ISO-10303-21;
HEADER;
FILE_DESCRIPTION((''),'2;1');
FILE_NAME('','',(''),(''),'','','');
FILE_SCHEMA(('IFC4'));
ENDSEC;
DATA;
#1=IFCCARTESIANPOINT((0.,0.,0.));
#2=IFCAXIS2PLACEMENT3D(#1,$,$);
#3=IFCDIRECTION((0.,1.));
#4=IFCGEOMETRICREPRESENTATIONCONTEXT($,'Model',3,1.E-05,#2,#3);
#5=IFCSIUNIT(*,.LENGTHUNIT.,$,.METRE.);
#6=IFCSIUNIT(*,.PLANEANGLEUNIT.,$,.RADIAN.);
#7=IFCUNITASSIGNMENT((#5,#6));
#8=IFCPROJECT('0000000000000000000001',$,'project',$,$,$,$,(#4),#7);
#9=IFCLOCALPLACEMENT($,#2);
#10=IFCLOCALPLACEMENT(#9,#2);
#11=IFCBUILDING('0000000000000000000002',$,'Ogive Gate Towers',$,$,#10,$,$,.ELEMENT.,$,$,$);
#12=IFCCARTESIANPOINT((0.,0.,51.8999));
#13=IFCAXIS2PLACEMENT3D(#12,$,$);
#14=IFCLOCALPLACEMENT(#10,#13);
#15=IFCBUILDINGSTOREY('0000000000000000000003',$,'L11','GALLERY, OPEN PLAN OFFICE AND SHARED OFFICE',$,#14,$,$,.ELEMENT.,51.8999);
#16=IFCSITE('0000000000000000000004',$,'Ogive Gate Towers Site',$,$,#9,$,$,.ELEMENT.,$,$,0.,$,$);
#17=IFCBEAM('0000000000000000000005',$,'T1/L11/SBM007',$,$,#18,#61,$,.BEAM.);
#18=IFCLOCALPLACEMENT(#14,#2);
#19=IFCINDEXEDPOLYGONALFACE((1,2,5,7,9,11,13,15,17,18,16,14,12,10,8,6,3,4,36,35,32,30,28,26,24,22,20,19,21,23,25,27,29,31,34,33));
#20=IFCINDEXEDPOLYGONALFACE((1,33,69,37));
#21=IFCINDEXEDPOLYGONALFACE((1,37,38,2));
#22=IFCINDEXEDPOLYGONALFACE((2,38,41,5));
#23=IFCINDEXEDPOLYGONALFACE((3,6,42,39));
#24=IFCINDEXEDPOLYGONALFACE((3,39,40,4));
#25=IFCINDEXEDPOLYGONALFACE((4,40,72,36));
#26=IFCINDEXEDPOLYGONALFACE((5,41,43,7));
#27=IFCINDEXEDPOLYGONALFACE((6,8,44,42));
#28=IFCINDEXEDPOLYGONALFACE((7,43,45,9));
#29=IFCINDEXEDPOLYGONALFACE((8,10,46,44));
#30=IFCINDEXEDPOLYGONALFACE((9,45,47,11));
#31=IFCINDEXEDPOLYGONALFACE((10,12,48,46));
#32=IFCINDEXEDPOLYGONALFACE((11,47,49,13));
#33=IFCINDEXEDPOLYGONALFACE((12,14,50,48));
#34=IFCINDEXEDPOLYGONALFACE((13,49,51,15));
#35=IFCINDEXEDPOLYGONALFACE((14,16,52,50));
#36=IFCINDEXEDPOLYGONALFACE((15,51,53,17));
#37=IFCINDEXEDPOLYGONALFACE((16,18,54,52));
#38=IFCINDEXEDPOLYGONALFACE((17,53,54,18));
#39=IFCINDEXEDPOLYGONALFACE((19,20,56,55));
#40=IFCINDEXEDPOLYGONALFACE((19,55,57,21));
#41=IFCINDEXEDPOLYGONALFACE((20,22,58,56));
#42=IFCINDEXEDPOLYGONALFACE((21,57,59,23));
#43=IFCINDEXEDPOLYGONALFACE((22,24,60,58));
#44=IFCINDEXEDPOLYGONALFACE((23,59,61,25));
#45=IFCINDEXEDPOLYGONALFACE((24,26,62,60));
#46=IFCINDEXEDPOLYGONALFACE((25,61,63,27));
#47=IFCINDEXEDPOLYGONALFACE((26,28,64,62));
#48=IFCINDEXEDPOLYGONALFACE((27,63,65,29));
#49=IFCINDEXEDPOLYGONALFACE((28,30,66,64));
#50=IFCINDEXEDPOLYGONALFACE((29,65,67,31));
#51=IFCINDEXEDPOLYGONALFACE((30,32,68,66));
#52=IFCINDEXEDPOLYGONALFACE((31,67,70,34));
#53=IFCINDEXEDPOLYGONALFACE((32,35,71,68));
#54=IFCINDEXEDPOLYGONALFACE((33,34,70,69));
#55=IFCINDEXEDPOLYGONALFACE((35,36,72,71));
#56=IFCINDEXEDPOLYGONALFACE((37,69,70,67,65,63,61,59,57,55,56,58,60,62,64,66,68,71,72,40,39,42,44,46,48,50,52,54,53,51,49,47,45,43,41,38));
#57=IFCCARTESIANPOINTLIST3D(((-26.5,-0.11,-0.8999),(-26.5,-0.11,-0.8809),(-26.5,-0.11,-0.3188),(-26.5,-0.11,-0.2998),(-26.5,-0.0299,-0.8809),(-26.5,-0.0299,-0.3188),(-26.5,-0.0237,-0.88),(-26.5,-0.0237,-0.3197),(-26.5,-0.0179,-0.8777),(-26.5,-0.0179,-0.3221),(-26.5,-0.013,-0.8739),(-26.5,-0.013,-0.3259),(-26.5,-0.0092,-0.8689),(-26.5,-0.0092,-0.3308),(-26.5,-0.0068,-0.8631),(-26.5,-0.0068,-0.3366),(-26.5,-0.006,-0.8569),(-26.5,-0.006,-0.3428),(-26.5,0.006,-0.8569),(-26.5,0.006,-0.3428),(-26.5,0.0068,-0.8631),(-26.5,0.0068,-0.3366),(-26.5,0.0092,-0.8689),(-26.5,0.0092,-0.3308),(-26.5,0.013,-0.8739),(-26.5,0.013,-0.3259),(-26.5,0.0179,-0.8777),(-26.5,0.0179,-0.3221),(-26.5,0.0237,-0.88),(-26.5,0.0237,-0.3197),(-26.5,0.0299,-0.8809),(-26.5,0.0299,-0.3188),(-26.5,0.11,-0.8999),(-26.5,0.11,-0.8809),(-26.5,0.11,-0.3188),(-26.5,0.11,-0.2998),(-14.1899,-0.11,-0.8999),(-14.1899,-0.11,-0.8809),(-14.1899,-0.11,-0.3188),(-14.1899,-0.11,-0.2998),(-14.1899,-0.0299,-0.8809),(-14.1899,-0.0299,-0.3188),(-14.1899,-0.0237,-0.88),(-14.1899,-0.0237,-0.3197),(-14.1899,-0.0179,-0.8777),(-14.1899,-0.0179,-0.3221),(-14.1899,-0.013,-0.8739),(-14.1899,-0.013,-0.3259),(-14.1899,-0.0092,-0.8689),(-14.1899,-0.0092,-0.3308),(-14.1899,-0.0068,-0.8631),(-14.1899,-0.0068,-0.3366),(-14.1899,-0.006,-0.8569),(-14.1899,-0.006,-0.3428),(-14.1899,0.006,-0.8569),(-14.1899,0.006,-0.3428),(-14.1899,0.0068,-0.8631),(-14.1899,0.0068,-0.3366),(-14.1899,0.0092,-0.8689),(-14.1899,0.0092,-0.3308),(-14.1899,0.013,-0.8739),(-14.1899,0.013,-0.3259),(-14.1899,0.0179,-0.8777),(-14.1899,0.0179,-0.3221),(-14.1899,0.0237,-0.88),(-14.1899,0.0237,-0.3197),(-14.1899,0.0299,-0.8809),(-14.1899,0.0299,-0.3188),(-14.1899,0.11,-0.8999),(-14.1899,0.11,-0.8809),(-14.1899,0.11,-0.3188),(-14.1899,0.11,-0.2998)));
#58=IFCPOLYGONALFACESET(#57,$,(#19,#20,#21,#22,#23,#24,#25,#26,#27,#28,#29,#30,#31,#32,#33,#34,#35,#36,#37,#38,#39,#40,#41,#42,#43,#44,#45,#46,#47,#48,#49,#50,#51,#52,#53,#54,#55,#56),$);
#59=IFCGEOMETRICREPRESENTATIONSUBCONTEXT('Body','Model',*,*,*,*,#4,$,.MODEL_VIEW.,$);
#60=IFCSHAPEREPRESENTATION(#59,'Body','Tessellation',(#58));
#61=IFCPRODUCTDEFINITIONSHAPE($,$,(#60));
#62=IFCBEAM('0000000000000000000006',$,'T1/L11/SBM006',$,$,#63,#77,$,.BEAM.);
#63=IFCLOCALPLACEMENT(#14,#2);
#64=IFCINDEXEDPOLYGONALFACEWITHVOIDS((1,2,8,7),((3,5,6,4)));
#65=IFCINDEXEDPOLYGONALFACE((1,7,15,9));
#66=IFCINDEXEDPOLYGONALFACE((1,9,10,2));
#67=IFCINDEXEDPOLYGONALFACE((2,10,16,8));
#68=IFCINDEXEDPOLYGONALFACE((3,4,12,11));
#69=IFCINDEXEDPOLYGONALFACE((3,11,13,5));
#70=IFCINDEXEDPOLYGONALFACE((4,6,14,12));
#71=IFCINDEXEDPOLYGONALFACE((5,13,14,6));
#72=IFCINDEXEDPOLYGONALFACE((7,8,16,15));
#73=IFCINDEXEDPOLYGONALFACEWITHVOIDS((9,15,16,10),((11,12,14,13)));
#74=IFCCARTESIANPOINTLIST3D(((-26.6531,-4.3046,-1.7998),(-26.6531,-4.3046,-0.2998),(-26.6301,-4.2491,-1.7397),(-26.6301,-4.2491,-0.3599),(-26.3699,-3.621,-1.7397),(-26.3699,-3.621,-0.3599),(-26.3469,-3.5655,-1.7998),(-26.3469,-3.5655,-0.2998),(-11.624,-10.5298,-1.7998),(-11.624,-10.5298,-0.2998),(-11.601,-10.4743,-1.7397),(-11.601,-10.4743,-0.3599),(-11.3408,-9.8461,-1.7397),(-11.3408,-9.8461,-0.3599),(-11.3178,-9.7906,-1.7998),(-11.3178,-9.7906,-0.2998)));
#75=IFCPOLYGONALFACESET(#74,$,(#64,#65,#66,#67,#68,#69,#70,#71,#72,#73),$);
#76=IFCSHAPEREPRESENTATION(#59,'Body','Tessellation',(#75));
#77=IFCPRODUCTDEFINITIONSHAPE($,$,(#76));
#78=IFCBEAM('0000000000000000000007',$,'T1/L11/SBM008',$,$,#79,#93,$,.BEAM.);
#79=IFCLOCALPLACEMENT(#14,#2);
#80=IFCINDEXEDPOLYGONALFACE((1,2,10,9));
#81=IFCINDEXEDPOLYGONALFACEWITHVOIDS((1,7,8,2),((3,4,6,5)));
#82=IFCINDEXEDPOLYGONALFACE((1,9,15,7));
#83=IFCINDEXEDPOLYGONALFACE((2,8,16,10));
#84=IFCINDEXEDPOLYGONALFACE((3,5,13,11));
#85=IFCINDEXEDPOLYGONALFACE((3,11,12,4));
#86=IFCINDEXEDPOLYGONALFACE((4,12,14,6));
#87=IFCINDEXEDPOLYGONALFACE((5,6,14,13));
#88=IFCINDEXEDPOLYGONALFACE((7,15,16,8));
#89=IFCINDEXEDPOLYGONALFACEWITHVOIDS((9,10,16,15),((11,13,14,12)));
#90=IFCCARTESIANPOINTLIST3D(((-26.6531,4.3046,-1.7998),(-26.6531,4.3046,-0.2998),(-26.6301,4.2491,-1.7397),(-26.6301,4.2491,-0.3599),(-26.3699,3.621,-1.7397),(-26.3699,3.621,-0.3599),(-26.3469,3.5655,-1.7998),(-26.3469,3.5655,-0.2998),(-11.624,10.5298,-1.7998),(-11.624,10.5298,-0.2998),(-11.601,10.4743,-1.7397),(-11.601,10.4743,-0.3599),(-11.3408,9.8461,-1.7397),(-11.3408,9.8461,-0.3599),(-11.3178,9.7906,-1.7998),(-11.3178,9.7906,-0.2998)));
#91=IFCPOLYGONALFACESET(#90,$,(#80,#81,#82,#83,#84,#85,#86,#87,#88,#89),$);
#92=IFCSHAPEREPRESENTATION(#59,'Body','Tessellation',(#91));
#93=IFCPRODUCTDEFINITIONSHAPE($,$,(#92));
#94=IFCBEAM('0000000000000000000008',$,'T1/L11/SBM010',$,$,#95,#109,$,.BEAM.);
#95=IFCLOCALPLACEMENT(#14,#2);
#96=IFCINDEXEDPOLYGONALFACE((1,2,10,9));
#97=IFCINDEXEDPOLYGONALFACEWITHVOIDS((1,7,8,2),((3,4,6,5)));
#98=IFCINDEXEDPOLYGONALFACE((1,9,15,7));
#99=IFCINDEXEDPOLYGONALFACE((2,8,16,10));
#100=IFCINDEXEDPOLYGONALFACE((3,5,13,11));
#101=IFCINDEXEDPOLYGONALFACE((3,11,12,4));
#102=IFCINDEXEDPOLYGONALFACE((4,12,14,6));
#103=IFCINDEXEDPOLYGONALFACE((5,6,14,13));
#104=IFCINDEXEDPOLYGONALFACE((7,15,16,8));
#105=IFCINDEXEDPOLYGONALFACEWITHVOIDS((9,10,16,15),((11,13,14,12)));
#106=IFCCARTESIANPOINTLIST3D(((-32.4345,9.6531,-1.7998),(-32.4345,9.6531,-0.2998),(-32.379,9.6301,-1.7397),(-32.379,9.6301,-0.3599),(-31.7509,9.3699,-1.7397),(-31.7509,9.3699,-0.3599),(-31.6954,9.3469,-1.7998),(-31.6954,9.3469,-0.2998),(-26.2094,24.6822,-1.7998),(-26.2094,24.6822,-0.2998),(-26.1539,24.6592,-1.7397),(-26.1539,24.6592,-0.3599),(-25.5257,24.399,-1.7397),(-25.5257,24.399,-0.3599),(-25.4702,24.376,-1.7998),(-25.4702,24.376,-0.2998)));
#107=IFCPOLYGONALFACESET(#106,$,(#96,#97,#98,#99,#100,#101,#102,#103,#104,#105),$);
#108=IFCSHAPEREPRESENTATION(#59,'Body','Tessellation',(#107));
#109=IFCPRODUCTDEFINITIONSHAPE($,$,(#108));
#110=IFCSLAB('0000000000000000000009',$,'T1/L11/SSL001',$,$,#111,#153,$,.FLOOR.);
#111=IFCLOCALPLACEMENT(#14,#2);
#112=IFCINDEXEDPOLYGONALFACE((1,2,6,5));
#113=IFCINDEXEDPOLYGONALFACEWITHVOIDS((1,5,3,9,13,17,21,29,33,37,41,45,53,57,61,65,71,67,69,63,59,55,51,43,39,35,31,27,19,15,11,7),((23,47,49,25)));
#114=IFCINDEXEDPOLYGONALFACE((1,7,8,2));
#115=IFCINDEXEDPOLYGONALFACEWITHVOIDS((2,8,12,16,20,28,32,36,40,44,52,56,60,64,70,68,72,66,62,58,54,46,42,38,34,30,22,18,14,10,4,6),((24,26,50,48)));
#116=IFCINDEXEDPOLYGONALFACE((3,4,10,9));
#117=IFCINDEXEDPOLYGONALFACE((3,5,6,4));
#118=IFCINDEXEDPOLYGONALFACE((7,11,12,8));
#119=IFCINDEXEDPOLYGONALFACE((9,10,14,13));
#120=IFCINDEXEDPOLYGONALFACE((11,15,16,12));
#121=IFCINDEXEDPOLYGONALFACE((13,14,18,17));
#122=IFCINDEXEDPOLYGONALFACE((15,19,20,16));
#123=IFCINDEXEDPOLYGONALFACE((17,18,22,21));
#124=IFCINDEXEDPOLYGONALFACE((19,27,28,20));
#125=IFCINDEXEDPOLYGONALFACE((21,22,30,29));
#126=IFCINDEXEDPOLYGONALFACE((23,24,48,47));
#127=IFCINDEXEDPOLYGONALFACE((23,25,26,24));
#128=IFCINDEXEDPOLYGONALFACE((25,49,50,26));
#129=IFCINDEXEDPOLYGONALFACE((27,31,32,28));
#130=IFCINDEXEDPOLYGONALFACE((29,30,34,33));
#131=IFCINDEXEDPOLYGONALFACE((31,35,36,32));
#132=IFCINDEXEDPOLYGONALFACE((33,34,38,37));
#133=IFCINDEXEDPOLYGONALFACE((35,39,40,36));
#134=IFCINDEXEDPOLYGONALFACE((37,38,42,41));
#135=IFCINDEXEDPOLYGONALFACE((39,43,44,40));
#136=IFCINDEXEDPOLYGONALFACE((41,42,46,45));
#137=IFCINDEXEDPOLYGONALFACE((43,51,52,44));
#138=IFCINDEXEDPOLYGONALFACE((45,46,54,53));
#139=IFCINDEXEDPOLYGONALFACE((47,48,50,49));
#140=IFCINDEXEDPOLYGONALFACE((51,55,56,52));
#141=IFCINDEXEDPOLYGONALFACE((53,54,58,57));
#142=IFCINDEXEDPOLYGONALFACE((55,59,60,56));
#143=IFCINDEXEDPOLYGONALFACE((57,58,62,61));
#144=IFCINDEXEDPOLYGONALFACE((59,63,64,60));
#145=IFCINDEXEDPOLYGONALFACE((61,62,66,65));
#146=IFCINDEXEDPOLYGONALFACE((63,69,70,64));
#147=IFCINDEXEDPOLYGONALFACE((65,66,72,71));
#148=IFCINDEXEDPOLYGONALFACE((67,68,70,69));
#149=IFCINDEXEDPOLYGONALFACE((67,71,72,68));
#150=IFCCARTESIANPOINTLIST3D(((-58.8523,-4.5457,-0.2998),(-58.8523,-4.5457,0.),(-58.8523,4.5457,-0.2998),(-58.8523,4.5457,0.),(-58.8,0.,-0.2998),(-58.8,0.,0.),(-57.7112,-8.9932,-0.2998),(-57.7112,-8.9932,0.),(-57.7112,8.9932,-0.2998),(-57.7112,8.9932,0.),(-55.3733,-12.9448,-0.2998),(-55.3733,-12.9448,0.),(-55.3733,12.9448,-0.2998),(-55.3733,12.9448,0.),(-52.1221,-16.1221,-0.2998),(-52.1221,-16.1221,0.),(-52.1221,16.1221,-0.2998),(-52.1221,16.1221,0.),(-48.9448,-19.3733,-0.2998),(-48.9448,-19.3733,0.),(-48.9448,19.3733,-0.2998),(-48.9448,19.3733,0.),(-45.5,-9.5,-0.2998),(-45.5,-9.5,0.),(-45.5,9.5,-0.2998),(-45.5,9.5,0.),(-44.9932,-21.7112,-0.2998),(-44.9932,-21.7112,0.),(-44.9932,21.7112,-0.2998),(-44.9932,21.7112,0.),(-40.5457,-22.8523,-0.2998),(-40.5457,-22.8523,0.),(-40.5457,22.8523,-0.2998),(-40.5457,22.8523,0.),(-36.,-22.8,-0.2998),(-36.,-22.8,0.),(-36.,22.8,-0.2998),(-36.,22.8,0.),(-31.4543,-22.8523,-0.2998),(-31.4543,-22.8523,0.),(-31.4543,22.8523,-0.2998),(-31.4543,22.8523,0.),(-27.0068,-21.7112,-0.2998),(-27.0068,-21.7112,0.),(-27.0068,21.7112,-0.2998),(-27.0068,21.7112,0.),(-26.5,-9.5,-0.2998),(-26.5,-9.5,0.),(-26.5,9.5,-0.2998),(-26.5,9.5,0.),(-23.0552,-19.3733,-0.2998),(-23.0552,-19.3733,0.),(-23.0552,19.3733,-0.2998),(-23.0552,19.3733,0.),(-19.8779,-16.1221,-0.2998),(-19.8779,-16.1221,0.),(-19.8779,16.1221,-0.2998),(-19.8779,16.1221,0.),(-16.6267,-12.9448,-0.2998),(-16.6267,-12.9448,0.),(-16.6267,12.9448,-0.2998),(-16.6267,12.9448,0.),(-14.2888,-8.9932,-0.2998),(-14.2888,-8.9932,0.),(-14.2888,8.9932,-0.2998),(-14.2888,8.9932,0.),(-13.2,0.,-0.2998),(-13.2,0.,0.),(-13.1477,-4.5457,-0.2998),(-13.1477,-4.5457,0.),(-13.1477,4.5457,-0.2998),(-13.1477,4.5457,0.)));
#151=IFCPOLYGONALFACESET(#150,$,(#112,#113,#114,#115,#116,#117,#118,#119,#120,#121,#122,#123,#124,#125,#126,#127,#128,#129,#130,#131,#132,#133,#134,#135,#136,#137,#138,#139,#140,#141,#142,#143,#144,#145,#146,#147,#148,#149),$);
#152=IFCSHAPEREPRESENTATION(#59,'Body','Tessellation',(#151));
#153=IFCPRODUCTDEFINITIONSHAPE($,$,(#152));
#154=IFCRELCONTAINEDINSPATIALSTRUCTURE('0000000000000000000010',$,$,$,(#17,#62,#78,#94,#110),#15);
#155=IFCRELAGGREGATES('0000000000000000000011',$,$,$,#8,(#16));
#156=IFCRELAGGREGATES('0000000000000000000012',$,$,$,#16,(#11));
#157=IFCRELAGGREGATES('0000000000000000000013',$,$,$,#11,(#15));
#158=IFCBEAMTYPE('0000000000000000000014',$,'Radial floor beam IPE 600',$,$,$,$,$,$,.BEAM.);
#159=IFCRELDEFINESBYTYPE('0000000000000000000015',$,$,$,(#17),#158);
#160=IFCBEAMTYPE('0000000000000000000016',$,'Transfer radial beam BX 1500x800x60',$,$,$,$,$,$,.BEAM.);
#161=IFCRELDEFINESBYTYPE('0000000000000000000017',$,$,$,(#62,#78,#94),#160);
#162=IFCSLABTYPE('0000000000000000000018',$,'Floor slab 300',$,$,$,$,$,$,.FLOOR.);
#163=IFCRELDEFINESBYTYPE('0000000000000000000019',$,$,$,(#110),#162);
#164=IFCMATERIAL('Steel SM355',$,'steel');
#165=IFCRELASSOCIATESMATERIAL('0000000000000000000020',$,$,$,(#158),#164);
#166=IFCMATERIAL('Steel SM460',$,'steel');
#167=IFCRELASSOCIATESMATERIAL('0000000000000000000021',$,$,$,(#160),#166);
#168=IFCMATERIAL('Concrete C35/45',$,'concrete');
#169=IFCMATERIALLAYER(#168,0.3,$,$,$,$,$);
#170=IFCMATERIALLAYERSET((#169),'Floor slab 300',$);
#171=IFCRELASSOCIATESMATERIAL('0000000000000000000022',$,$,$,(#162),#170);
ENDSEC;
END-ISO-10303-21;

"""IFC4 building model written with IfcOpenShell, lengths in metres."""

from ifc_helpers import new_model, si_unit, direction, frame, origin, origin_2d, place, context, subcontext, project, spatial, polyline, hollow_rectangle, i_section, outline, extrude, material, layer, layer_set, material_profile, profile_set, type_object, element, save


model = new_model("IFC4")

# Units and contexts
model_context = context("Model", 3, precision=1e-05, world=origin(), true_north=direction((0.0, 1.0)))
body_context = subcontext(model_context, "Body", "Model", "MODEL_VIEW")
ifc_project = project(units=[si_unit("LENGTHUNIT", "METRE"), si_unit("PLANEANGLEUNIT", "RADIAN")], contexts=[model_context])

# Site, building, storey
site_placement = place(None, origin())
site = spatial("IfcSite", under=ifc_project, at=site_placement, Name="Ogive Gate Towers Site", CompositionType="ELEMENT", RefElevation=0.0)
building_placement = place(site_placement, origin())
building = spatial("IfcBuilding", under=site, at=building_placement, Name="Ogive Gate Towers", CompositionType="ELEMENT")
storey_placement = place(building_placement, frame((0.0, 0.0, 51.8999)))
storey = spatial("IfcBuildingStorey", under=building, at=storey_placement, Name="L11", Description="GALLERY, OPEN PLAN OFFICE AND SHARED OFFICE", CompositionType="ELEMENT", Elevation=51.8999)

# Shared definitions
ifc_material_1 = material(Name="Steel SM460", Category="steel")

# Beams
ifc_material_2 = material(Name="Steel SM355", Category="steel")
ifc_material_profile_1 = material_profile(ifc_material_2, i_section(OverallWidth=0.22, OverallDepth=0.6001, WebThickness=0.012, FlangeThickness=0.019, FilletRadius=0.0239, at=origin_2d()), Name="IPE 600")
ifc_profile_set_1 = profile_set([ifc_material_profile_1], Name="Steel SM355")
beam_type_1 = type_object("IfcBeamType", Name="Radial floor beam IPE 600", PredefinedType="BEAM", material=ifc_profile_set_1)
beam_1_placement = place(storey_placement, frame((-26.5, 0.0, -0.5999), z_axis=(1.0, 0.0, 0.0), x_axis=(0.0, 1.0, 0.0)))
element("IfcBeam", 1, at=beam_1_placement, inside=storey, type_object=beam_type_1, Name="T1/L11/SBM007", PredefinedType="BEAM", context=body_context, shape_type="SweptSolid", body=[
    extrude(i_section(OverallWidth=0.22, OverallDepth=0.6001, WebThickness=0.012, FlangeThickness=0.019, FilletRadius=0.0239, at=origin_2d()), origin(), (0.0, 0.0, 1.0), 12.3101),
])
ifc_material_profile_2 = material_profile(ifc_material_1, hollow_rectangle(XDim=0.8, YDim=1.5, WallThickness=0.0601, at=origin_2d()), Name="BX 1500x800x60")
ifc_profile_set_2 = profile_set([ifc_material_profile_2], Name="Steel SM460")
beam_type_2 = type_object("IfcBeamType", Name="Transfer radial beam BX 1500x800x60", PredefinedType="BEAM", material=ifc_profile_set_2)
for number, where, z_axis, x_axis, name in (
    (2, (-26.5, -3.9351, -1.0498), (0.923883, -0.382676, 0.0), (0.382676, 0.923883, 0.0), "T1/L11/SBM006"),
    (3, (-26.5, 3.9351, -1.0498), (0.923883, 0.382676, 0.0), (-0.382676, 0.923883, 0.0), "T1/L11/SBM008"),
    (4, (-32.0649, 9.5, -1.0498), (0.382676, 0.923883, 0.0), (-0.923883, 0.382676, 0.0), "T1/L11/SBM010"),
):
    element("IfcBeam", number, at=place(storey_placement, frame(where, z_axis=z_axis, x_axis=x_axis)), inside=storey, type_object=beam_type_2, Name=name, PredefinedType="BEAM", context=body_context, shape_type="SweptSolid", body=[
        extrude(hollow_rectangle(XDim=0.8, YDim=1.5, WallThickness=0.0601, at=origin_2d()), origin(), (0.0, 0.0, 1.0), 16.2673),
    ])

# Slab
ifc_material_3 = material(Name="Concrete C35/45", Category="concrete")
ifc_layer_1 = layer(ifc_material_3, 0.3)
ifc_layer_set_1 = layer_set([ifc_layer_1], Name="Floor slab 300")
slab_type = type_object("IfcSlabType", Name="Floor slab 300", PredefinedType="FLOOR", material=ifc_layer_set_1)
slab_1_placement = place(storey_placement, frame((0.0, 0.0, -0.2998)))
element("IfcSlab", 5, at=slab_1_placement, inside=storey, type_object=slab_type, Name="T1/L11/SSL001", PredefinedType="FLOOR", context=body_context, shape_type="SweptSolid", body=[
    extrude(outline(polyline([(-13.1477, -4.5457), (-13.2, 0.0), (-13.1477, 4.5457), (-14.2888, 8.9932), (-16.6267, 12.9448), (-19.8779, 16.1221), (-23.0552, 19.3733), (-27.0068, 21.7112), (-31.4543, 22.8523), (-36.0, 22.8), (-40.5457, 22.8523), (-44.9932, 21.7112), (-48.9448, 19.3733), (-52.1221, 16.1221), (-55.3733, 12.9448), (-57.7112, 8.9932), (-58.8523, 4.5457), (-58.8, 0.0), (-58.8523, -4.5457), (-57.7112, -8.9932), (-55.3733, -12.9448), (-52.1221, -16.1221), (-48.9448, -19.3733), (-44.9932, -21.7112), (-40.5457, -22.8523), (-36.0, -22.8), (-31.4543, -22.8523), (-27.0068, -21.7112), (-23.0552, -19.3733), (-19.8779, -16.1221), (-16.6267, -12.9448), (-14.2888, -8.9932), (-13.1477, -4.5457)]), holes=[polyline([(-26.5, -9.5), (-45.5, -9.5), (-45.5, 9.5), (-26.5, 9.5), (-26.5, -9.5)])]), origin(), (0.0, 0.0, 1.0), 0.2998),
])

save(model, "model.ifc")
